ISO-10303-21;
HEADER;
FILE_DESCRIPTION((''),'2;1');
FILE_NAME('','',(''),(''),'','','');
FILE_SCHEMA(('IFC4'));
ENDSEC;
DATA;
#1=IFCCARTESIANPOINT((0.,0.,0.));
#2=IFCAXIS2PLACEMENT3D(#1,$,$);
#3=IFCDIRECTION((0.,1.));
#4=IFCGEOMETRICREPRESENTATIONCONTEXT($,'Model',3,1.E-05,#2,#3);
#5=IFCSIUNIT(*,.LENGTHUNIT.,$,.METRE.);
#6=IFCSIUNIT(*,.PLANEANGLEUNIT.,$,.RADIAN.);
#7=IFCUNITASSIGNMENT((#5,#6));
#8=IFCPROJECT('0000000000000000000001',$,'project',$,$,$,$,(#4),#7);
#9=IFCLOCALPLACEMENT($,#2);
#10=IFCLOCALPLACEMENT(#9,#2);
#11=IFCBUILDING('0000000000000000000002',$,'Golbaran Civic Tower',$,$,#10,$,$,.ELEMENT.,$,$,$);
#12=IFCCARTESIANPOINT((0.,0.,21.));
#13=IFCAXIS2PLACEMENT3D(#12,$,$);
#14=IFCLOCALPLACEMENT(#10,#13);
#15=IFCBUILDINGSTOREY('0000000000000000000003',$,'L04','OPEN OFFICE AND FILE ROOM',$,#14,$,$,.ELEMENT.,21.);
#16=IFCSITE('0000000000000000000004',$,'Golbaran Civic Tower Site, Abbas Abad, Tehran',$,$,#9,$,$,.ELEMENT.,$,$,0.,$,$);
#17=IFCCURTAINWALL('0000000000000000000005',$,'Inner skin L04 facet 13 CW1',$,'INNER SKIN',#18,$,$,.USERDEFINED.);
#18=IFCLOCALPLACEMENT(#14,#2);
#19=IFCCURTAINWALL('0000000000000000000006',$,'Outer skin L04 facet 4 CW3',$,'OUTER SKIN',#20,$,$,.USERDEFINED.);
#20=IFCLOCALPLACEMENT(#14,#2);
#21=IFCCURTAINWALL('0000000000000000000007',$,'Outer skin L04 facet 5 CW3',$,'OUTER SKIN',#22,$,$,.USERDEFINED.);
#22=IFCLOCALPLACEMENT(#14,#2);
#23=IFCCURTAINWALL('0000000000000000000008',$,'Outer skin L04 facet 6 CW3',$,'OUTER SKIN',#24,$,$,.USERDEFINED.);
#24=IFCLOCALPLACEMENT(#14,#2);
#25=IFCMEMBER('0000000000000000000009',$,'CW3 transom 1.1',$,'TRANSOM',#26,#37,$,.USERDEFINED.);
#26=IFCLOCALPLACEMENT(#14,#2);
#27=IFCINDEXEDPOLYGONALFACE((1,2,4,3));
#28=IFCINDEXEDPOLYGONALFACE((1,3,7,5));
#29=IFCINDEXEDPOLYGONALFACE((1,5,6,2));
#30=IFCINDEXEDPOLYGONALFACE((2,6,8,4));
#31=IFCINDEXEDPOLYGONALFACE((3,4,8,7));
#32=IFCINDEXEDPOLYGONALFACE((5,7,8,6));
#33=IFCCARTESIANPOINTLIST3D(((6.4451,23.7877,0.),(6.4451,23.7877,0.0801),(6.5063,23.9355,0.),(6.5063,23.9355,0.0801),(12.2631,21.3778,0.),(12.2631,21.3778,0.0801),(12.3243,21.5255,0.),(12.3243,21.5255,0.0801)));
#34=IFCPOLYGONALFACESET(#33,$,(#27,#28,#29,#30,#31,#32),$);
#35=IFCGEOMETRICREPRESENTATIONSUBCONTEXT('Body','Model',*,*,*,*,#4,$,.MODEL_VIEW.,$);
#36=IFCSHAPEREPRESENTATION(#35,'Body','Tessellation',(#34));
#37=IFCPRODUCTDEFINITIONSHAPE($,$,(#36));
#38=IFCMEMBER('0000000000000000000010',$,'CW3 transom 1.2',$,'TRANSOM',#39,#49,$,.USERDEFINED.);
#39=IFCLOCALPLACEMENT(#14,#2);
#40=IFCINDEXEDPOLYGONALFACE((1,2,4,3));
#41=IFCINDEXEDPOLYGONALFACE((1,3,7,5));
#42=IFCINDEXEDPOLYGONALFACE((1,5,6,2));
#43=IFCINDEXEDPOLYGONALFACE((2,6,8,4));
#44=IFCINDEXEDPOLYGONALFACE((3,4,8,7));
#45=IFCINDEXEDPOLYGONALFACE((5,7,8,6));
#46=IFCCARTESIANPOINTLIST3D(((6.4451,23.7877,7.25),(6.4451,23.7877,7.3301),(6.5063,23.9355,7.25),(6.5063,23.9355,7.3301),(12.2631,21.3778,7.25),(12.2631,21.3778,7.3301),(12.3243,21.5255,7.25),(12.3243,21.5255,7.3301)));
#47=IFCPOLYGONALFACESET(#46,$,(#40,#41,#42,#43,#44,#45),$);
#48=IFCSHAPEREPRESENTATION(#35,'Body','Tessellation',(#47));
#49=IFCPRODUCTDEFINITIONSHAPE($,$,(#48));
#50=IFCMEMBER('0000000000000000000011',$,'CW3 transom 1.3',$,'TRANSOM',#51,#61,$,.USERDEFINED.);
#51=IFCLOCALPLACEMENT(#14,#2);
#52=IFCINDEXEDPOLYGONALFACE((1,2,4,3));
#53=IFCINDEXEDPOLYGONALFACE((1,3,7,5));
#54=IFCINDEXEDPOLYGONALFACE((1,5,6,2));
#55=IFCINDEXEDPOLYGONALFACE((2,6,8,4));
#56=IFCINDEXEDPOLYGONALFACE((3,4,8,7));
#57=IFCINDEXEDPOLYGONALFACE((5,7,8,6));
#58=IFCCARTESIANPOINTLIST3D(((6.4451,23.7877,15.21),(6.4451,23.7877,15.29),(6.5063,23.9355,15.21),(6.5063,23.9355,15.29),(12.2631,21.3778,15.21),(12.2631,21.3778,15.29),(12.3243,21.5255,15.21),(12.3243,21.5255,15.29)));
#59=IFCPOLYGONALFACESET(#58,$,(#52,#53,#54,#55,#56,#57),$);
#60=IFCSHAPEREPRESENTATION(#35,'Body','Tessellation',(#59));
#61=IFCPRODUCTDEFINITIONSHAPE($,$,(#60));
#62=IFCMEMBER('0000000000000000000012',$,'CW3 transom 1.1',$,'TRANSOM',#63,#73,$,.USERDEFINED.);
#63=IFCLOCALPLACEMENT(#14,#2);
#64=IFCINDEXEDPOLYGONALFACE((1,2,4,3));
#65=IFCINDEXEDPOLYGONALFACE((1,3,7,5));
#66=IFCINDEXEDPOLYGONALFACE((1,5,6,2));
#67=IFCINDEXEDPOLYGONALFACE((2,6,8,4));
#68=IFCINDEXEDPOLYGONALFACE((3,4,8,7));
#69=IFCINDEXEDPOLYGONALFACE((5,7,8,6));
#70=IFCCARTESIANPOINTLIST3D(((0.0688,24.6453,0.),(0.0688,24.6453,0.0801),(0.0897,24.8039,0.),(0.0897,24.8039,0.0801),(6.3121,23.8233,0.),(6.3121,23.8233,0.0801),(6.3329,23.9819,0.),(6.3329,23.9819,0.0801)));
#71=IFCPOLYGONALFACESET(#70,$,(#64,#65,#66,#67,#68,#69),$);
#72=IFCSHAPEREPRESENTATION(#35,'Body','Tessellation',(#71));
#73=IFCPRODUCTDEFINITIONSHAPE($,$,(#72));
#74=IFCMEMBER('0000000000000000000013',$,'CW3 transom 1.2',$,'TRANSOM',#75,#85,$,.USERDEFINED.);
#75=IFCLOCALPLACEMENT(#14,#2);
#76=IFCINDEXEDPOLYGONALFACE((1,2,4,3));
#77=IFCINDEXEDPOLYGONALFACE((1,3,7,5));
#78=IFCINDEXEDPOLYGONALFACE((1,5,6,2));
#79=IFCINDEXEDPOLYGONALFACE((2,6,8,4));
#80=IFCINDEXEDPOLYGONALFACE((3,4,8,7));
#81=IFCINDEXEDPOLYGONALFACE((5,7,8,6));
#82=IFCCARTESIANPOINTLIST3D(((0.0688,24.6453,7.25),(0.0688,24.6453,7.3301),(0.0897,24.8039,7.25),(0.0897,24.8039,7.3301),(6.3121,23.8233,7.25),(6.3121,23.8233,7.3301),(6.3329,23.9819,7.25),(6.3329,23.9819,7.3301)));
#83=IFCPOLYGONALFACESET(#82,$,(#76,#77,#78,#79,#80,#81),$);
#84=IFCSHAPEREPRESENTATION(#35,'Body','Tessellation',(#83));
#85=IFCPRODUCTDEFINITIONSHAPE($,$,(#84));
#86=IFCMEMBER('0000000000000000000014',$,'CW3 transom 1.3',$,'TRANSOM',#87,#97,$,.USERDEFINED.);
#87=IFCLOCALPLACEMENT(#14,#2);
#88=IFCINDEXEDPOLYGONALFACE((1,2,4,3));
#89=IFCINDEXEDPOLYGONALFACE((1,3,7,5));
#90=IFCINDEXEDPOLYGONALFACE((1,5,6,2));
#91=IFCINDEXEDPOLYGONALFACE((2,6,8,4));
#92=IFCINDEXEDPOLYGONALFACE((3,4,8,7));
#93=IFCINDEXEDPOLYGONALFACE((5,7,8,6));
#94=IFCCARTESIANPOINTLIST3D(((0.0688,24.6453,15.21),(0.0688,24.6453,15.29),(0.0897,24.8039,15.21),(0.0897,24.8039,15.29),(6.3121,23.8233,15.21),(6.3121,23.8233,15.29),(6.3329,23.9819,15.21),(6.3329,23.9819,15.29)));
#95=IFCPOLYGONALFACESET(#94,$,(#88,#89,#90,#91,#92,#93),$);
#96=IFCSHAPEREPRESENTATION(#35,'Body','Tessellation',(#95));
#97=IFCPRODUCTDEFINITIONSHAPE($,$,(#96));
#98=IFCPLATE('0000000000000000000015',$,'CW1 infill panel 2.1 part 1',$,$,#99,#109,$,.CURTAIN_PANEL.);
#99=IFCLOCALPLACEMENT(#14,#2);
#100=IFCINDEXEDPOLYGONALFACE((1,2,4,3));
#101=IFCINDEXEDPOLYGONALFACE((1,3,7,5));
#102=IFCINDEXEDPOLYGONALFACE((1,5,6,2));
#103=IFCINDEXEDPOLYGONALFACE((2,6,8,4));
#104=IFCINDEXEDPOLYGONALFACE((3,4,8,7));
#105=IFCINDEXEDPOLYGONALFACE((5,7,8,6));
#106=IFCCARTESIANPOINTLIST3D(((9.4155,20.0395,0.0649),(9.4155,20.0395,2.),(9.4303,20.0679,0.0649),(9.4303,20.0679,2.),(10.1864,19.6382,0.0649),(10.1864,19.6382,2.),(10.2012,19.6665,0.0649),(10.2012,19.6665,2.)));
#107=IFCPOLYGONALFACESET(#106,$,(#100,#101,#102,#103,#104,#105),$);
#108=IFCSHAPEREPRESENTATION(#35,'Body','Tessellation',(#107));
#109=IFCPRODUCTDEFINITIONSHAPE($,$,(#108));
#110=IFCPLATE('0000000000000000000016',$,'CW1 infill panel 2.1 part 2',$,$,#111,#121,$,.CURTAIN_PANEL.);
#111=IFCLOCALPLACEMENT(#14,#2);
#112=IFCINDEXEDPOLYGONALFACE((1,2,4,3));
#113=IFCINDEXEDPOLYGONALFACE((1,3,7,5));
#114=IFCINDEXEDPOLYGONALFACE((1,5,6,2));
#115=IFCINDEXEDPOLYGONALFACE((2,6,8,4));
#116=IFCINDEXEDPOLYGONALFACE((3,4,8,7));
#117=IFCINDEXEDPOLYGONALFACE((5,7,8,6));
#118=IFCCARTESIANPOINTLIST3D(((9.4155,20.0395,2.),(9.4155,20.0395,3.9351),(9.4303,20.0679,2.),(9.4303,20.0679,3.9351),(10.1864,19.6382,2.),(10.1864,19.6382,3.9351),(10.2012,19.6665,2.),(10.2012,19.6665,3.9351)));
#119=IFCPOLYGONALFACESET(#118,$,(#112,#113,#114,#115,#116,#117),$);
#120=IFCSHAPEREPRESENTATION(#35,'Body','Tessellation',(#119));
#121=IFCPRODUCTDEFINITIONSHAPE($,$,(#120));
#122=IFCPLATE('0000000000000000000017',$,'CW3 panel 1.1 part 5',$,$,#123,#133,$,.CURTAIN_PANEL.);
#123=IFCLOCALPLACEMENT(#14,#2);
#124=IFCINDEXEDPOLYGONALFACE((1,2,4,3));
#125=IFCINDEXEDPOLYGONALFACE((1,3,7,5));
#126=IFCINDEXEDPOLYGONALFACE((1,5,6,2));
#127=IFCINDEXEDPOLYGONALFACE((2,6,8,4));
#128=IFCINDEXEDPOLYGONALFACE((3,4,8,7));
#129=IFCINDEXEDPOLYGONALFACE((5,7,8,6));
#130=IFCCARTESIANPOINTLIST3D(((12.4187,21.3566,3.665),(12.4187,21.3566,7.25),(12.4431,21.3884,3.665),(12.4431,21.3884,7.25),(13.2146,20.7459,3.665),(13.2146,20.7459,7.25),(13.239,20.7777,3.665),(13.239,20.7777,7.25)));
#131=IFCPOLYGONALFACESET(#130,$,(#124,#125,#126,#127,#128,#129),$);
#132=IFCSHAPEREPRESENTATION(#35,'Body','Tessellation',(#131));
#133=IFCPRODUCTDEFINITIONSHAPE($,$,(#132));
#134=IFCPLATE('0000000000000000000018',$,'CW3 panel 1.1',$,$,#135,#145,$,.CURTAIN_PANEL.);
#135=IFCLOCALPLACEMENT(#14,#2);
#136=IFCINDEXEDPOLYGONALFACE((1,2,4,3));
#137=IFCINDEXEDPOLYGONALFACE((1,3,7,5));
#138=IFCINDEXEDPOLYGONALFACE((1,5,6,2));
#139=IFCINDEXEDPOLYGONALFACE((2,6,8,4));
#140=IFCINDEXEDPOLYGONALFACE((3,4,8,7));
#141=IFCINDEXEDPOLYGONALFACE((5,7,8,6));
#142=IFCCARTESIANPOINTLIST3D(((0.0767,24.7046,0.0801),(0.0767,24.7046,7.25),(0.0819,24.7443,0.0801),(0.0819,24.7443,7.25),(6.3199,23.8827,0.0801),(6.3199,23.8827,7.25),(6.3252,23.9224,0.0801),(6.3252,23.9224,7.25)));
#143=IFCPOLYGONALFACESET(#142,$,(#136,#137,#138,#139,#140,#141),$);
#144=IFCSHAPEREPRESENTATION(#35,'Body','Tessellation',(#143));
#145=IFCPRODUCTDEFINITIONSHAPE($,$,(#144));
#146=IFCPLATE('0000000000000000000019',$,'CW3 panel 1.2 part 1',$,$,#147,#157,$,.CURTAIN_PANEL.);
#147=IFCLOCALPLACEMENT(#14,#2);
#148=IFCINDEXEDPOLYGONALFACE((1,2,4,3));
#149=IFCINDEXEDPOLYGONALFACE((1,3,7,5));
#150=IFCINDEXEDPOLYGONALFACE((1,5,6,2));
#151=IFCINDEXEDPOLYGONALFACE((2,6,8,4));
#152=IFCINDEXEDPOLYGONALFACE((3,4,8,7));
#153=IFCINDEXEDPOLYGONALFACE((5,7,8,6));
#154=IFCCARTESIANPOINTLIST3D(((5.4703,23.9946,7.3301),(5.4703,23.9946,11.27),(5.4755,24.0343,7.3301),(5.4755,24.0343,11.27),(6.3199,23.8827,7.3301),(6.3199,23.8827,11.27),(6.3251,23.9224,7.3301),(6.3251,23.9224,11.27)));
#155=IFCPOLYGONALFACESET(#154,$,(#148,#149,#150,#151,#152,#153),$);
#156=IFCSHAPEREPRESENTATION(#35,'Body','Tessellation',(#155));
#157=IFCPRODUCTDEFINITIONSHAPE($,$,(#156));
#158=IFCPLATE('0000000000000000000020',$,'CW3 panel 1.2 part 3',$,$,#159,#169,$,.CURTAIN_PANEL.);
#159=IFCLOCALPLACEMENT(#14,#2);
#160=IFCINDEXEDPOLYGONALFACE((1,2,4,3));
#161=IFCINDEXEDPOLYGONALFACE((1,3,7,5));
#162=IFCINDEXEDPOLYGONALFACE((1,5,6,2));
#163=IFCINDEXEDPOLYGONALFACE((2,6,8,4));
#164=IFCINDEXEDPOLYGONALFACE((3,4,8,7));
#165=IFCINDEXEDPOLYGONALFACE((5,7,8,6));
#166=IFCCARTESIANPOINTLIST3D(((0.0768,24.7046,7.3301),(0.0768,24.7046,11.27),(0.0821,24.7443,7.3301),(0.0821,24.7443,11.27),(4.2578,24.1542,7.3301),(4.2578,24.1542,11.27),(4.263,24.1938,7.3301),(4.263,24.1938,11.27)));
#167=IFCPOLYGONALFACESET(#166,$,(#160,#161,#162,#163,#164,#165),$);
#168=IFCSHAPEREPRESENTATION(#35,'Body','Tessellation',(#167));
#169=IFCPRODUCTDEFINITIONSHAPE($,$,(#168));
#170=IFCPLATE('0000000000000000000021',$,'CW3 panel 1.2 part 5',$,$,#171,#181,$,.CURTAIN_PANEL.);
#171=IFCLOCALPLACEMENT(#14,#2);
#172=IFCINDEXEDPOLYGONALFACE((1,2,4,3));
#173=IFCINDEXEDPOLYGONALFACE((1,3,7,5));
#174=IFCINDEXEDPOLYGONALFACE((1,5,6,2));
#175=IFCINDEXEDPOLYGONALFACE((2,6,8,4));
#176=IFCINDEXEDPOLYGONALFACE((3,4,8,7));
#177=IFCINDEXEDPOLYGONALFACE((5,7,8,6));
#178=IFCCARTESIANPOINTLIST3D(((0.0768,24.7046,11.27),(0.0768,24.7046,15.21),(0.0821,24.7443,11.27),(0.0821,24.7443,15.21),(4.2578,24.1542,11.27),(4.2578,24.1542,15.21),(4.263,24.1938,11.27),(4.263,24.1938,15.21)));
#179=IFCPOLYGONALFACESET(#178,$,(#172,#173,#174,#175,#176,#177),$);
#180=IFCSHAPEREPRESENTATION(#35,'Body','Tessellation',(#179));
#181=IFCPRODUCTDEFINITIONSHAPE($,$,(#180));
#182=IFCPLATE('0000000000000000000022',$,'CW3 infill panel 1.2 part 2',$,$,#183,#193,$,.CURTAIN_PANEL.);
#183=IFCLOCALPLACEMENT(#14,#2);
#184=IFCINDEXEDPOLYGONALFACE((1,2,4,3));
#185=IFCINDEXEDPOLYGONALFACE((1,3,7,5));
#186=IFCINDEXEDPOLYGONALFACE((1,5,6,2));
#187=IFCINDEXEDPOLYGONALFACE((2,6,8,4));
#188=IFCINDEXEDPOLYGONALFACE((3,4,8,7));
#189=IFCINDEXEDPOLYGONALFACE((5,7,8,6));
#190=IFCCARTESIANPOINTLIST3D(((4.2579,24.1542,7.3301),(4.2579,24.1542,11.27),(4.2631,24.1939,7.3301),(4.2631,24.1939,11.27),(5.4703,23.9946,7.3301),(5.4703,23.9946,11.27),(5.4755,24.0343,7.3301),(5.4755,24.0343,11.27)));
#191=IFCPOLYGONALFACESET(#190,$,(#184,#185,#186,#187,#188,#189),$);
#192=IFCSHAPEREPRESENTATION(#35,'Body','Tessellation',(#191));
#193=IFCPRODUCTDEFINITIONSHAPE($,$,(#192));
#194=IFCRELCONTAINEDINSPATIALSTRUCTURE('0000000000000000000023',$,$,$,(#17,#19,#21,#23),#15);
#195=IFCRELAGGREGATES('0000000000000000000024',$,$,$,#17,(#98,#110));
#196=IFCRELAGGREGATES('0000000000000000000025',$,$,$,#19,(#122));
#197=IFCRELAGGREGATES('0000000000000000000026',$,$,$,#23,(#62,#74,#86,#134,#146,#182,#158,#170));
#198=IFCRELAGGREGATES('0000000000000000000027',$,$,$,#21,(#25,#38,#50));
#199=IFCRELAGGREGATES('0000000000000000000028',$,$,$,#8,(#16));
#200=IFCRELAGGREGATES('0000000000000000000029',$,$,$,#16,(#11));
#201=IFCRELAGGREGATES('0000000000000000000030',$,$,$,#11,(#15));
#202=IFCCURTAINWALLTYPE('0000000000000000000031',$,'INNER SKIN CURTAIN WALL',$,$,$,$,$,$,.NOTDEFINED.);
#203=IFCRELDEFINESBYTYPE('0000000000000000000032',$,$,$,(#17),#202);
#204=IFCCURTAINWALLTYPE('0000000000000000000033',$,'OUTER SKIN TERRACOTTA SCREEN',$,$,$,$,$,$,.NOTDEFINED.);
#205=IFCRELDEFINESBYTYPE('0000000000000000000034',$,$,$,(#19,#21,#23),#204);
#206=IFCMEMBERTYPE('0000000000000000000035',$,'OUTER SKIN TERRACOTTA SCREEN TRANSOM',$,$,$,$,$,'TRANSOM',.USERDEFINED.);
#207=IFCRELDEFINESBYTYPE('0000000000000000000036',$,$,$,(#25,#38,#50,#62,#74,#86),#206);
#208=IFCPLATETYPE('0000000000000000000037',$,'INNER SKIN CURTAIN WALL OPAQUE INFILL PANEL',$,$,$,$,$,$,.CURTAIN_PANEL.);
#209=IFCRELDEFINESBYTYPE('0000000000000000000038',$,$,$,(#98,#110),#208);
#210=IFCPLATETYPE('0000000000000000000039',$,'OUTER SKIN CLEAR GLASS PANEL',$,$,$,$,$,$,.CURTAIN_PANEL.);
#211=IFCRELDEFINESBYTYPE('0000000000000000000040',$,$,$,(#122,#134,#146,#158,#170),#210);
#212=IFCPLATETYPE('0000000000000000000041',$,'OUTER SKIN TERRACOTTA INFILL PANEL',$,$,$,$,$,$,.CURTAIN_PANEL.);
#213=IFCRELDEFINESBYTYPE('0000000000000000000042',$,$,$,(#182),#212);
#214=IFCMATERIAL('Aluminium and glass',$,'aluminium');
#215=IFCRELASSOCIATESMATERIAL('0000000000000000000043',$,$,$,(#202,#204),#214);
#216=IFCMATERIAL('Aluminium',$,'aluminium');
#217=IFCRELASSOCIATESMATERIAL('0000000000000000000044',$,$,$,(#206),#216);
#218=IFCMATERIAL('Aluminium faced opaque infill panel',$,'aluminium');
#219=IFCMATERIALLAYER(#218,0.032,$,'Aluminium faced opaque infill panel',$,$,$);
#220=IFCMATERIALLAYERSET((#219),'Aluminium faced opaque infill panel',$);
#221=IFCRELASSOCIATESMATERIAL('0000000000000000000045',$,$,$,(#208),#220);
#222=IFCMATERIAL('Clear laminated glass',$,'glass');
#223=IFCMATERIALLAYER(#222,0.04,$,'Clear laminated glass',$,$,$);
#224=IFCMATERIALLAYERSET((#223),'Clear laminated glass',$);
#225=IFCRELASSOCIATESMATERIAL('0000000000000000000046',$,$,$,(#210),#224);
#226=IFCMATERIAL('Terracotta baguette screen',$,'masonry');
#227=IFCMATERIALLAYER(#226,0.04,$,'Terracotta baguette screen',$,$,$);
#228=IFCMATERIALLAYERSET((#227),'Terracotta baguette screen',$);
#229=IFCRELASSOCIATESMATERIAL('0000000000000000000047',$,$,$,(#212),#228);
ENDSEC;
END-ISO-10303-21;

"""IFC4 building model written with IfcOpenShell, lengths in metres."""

from ifc_helpers import new_model, si_unit, direction, frame, origin, origin_2d, place, context, subcontext, project, spatial, rectangle, extrude, material, layer, layer_set, material_profile, profile_set, type_object, element, aggregate, save


model = new_model("IFC4")

# Units and contexts
model_context = context("Model", 3, precision=1e-05, world=origin(), true_north=direction((0.0, 1.0)))
body_context = subcontext(model_context, "Body", "Model", "MODEL_VIEW")
ifc_project = project(units=[si_unit("LENGTHUNIT", "METRE"), si_unit("PLANEANGLEUNIT", "RADIAN")], contexts=[model_context])

# Site, building, storey
site_placement = place(None, origin())
site = spatial("IfcSite", under=ifc_project, at=site_placement, Name="Golbaran Civic Tower Site, Abbas Abad, Tehran", CompositionType="ELEMENT", RefElevation=0.0)
building_placement = place(site_placement, origin())
building = spatial("IfcBuilding", under=site, at=building_placement, Name="Golbaran Civic Tower", CompositionType="ELEMENT")
storey_placement = place(building_placement, frame((0.0, 0.0, 21.0)))
storey = spatial("IfcBuildingStorey", under=building, at=storey_placement, Name="L04", Description="OPEN OFFICE AND FILE ROOM", CompositionType="ELEMENT", Elevation=21.0)

# Curtain wall
ifc_material_1 = material(Name="Aluminium and glass", Category="aluminium")
curtain_wall_type_1 = type_object("IfcCurtainWallType", Name="INNER SKIN CURTAIN WALL", PredefinedType="NOTDEFINED", material=ifc_material_1)
curtain_wall_1_placement = place(storey_placement, origin())
curtain_wall_1 = element("IfcCurtainWall", 1, at=curtain_wall_1_placement, inside=storey, type_object=curtain_wall_type_1, Name="Inner skin L04 facet 13 CW1", ObjectType="INNER SKIN", PredefinedType="USERDEFINED")
ifc_material_2 = material(Name="Aluminium", Category="aluminium")

# Curtain wall
curtain_wall_type_2 = type_object("IfcCurtainWallType", Name="OUTER SKIN TERRACOTTA SCREEN", PredefinedType="NOTDEFINED", material=ifc_material_1)
curtain_wall_2_placement = place(storey_placement, origin())
curtain_wall_2 = element("IfcCurtainWall", 2, at=curtain_wall_2_placement, inside=storey, type_object=curtain_wall_type_2, Name="Outer skin L04 facet 4 CW3", ObjectType="OUTER SKIN", PredefinedType="USERDEFINED")

# Curtain walls
curtain_wall_3_placement = place(storey_placement, origin())
curtain_wall_3 = element("IfcCurtainWall", 3, at=curtain_wall_3_placement, inside=storey, type_object=curtain_wall_type_2, Name="Outer skin L04 facet 5 CW3", ObjectType="OUTER SKIN", PredefinedType="USERDEFINED")
curtain_wall_4_placement = place(storey_placement, origin())
curtain_wall_4 = element("IfcCurtainWall", 4, at=curtain_wall_4_placement, inside=storey, type_object=curtain_wall_type_2, Name="Outer skin L04 facet 6 CW3", ObjectType="OUTER SKIN", PredefinedType="USERDEFINED")

# Members
ifc_material_profile_1 = material_profile(ifc_material_2, rectangle(XDim=0.1599, YDim=0.0801, at=origin_2d()), Name="OUTER SKIN TERRACOTTA SCREEN TRANSOM")
ifc_profile_set_1 = profile_set([ifc_material_profile_1], Name="Aluminium")
member_type_1 = type_object("IfcMemberType", Name="OUTER SKIN TERRACOTTA SCREEN TRANSOM", ElementType="TRANSOM", PredefinedType="USERDEFINED", material=ifc_profile_set_1)
member_1_placement = place(storey_placement, frame((12.2937, 21.4517, 0.04), z_axis=(-0.923876, 0.382693, 0.0), x_axis=(-0.382693, -0.923876, 0.0)))
member_1 = element("IfcMember", 5, at=member_1_placement, type_object=member_type_1, Name="CW3 transom 1.1", ObjectType="TRANSOM", PredefinedType="USERDEFINED", context=body_context, shape_type="SweptSolid", body=[
    extrude(rectangle(XDim=0.1599, YDim=0.0801, at=origin_2d()), origin(), (0.0, 0.0, 1.0), 6.2974),
])
member_2_placement = place(storey_placement, frame((12.2937, 21.4517, 7.29), z_axis=(-0.923876, 0.382693, 0.0), x_axis=(-0.382693, -0.923876, 0.0)))
member_2 = element("IfcMember", 6, at=member_2_placement, type_object=member_type_1, Name="CW3 transom 1.2", ObjectType="TRANSOM", PredefinedType="USERDEFINED", context=body_context, shape_type="SweptSolid", body=[
    extrude(rectangle(XDim=0.1599, YDim=0.0801, at=origin_2d()), origin(), (0.0, 0.0, 1.0), 6.2974),
])
member_3_placement = place(storey_placement, frame((12.2937, 21.4517, 15.25), z_axis=(-0.923876, 0.382693, 0.0), x_axis=(-0.382693, -0.923876, 0.0)))
member_3 = element("IfcMember", 7, at=member_3_placement, type_object=member_type_1, Name="CW3 transom 1.3", ObjectType="TRANSOM", PredefinedType="USERDEFINED", context=body_context, shape_type="SweptSolid", body=[
    extrude(rectangle(XDim=0.1599, YDim=0.0801, at=origin_2d()), origin(), (0.0, 0.0, 1.0), 6.2974),
])
member_4_placement = place(storey_placement, frame((6.3225, 23.9026, 0.04), z_axis=(-0.991443, 0.130541, 0.0), x_axis=(-0.130541, -0.991443, 0.0)))
member_4 = element("IfcMember", 8, at=member_4_placement, type_object=member_type_1, Name="CW3 transom 1.1", ObjectType="TRANSOM", PredefinedType="USERDEFINED", context=body_context, shape_type="SweptSolid", body=[
    extrude(rectangle(XDim=0.1599, YDim=0.0801, at=origin_2d()), origin(), (0.0, 0.0, 1.0), 6.2971),
])
member_5_placement = place(storey_placement, frame((6.3225, 23.9026, 7.29), z_axis=(-0.991443, 0.130541, 0.0), x_axis=(-0.130541, -0.991443, 0.0)))
member_5 = element("IfcMember", 9, at=member_5_placement, type_object=member_type_1, Name="CW3 transom 1.2", ObjectType="TRANSOM", PredefinedType="USERDEFINED", context=body_context, shape_type="SweptSolid", body=[
    extrude(rectangle(XDim=0.1599, YDim=0.0801, at=origin_2d()), origin(), (0.0, 0.0, 1.0), 6.2971),
])
member_6_placement = place(storey_placement, frame((6.3225, 23.9026, 15.25), z_axis=(-0.991443, 0.130541, 0.0), x_axis=(-0.130541, -0.991443, 0.0)))
member_6 = element("IfcMember", 10, at=member_6_placement, type_object=member_type_1, Name="CW3 transom 1.3", ObjectType="TRANSOM", PredefinedType="USERDEFINED", context=body_context, shape_type="SweptSolid", body=[
    extrude(rectangle(XDim=0.1599, YDim=0.0801, at=origin_2d()), origin(), (0.0, 0.0, 1.0), 6.2971),
])

# Plates
ifc_material_3 = material(Name="Aluminium faced opaque infill panel", Category="aluminium")
ifc_layer_1 = layer(ifc_material_3, 0.032, Name="Aluminium faced opaque infill panel")
ifc_layer_set_1 = layer_set([ifc_layer_1], Name="Aluminium faced opaque infill panel")
plate_type_1 = type_object("IfcPlateType", Name="INNER SKIN CURTAIN WALL OPAQUE INFILL PANEL", PredefinedType="CURTAIN_PANEL", material=ifc_layer_set_1)
plate_1_placement = place(storey_placement, frame((9.8083, 19.853, 0.0649), z_axis=(0.0, 0.0, 1.0), x_axis=(-0.887011, 0.461749, 0.0)))
plate_1 = element("IfcPlate", 11, at=plate_1_placement, type_object=plate_type_1, Name="CW1 infill panel 2.1 part 1", PredefinedType="CURTAIN_PANEL", context=body_context, shape_type="SweptSolid", body=[
    extrude(rectangle(XDim=0.8691, YDim=0.032, at=origin_2d()), origin(), (0.0, 0.0, 1.0), 1.9351),
])
plate_2_placement = place(storey_placement, frame((9.8083, 19.853, 2.0), z_axis=(0.0, 0.0, 1.0), x_axis=(-0.887011, 0.461749, 0.0)))
plate_2 = element("IfcPlate", 12, at=plate_2_placement, type_object=plate_type_1, Name="CW1 infill panel 2.1 part 2", PredefinedType="CURTAIN_PANEL", context=body_context, shape_type="SweptSolid", body=[
    extrude(rectangle(XDim=0.8691, YDim=0.032, at=origin_2d()), origin(), (0.0, 0.0, 1.0), 1.9351),
])
aggregate(curtain_wall_1, [plate_1, plate_2])
ifc_material_4 = material(Name="Clear laminated glass", Category="glass")
ifc_layer_2 = layer(ifc_material_4, 0.04, Name="Clear laminated glass")
ifc_layer_set_2 = layer_set([ifc_layer_2], Name="Clear laminated glass")
plate_type_2 = type_object("IfcPlateType", Name="OUTER SKIN CLEAR GLASS PANEL", PredefinedType="CURTAIN_PANEL", material=ifc_layer_set_2)
plate_3_placement = place(storey_placement, frame((12.8289, 21.0671, 3.665), z_axis=(0.0, 0.0, 1.0), x_axis=(-0.793353, 0.608761, 0.0)))
plate_3 = element("IfcPlate", 13, at=plate_3_placement, type_object=plate_type_2, Name="CW3 panel 1.1 part 5", PredefinedType="CURTAIN_PANEL", context=body_context, shape_type="SweptSolid", body=[
    extrude(rectangle(XDim=1.0032, YDim=0.04, at=origin_2d()), origin(), (0.0, 0.0, 1.0), 3.585),
])
aggregate(curtain_wall_2, [plate_3])
plate_4_placement = place(storey_placement, frame((3.2009, 24.3135, 0.0801), z_axis=(0.0, 0.0, 1.0), x_axis=(-0.991445, 0.130526, 0.0)))
plate_4 = element("IfcPlate", 14, at=plate_4_placement, type_object=plate_type_2, Name="CW3 panel 1.1", PredefinedType="CURTAIN_PANEL", context=body_context, shape_type="SweptSolid", body=[
    extrude(rectangle(XDim=6.2971, YDim=0.04, at=origin_2d()), origin(), (0.0, 0.0, 1.0), 7.1699),
])
plate_5_placement = place(storey_placement, frame((5.8977, 23.9585, 7.3301), z_axis=(0.0, 0.0, 1.0), x_axis=(-0.991445, 0.130526, 0.0)))
plate_5 = element("IfcPlate", 15, at=plate_5_placement, type_object=plate_type_2, Name="CW3 panel 1.2 part 1", PredefinedType="CURTAIN_PANEL", context=body_context, shape_type="SweptSolid", body=[
    extrude(rectangle(XDim=0.8569, YDim=0.04, at=origin_2d()), origin(), (0.0, 0.0, 1.0), 3.9399),
])
plate_6_placement = place(storey_placement, frame((2.1699, 24.4492, 7.3301), z_axis=(0.0, 0.0, 1.0), x_axis=(-0.991445, 0.130526, 0.0)))
plate_6 = element("IfcPlate", 16, at=plate_6_placement, type_object=plate_type_2, Name="CW3 panel 1.2 part 3", PredefinedType="CURTAIN_PANEL", context=body_context, shape_type="SweptSolid", body=[
    extrude(rectangle(XDim=4.217, YDim=0.04, at=origin_2d()), origin(), (0.0, 0.0, 1.0), 3.9399),
])
plate_7_placement = place(storey_placement, frame((2.1699, 24.4492, 11.27), z_axis=(0.0, 0.0, 1.0), x_axis=(-0.991445, 0.130526, 0.0)))
plate_7 = element("IfcPlate", 17, at=plate_7_placement, type_object=plate_type_2, Name="CW3 panel 1.2 part 5", PredefinedType="CURTAIN_PANEL", context=body_context, shape_type="SweptSolid", body=[
    extrude(rectangle(XDim=4.217, YDim=0.04, at=origin_2d()), origin(), (0.0, 0.0, 1.0), 3.9399),
])
ifc_material_5 = material(Name="Terracotta baguette screen", Category="masonry")
ifc_layer_3 = layer(ifc_material_5, 0.04, Name="Terracotta baguette screen")
ifc_layer_set_3 = layer_set([ifc_layer_3], Name="Terracotta baguette screen")
plate_type_3 = type_object("IfcPlateType", Name="OUTER SKIN TERRACOTTA INFILL PANEL", PredefinedType="CURTAIN_PANEL", material=ifc_layer_set_3)
plate_8_placement = place(storey_placement, frame((4.8667, 24.0942, 7.3301), z_axis=(0.0, 0.0, 1.0), x_axis=(-0.991445, 0.130526, 0.0)))
plate_8 = element("IfcPlate", 18, at=plate_8_placement, type_object=plate_type_3, Name="CW3 infill panel 1.2 part 2", PredefinedType="CURTAIN_PANEL", context=body_context, shape_type="SweptSolid", body=[
    extrude(rectangle(XDim=1.2229, YDim=0.04, at=origin_2d()), origin(), (0.0, 0.0, 1.0), 3.9399),
])
aggregate(curtain_wall_4, [member_4, member_5, member_6, plate_4, plate_5, plate_8, plate_6, plate_7])
aggregate(curtain_wall_3, [member_1, member_2, member_3])

save(model, "model.ifc")
